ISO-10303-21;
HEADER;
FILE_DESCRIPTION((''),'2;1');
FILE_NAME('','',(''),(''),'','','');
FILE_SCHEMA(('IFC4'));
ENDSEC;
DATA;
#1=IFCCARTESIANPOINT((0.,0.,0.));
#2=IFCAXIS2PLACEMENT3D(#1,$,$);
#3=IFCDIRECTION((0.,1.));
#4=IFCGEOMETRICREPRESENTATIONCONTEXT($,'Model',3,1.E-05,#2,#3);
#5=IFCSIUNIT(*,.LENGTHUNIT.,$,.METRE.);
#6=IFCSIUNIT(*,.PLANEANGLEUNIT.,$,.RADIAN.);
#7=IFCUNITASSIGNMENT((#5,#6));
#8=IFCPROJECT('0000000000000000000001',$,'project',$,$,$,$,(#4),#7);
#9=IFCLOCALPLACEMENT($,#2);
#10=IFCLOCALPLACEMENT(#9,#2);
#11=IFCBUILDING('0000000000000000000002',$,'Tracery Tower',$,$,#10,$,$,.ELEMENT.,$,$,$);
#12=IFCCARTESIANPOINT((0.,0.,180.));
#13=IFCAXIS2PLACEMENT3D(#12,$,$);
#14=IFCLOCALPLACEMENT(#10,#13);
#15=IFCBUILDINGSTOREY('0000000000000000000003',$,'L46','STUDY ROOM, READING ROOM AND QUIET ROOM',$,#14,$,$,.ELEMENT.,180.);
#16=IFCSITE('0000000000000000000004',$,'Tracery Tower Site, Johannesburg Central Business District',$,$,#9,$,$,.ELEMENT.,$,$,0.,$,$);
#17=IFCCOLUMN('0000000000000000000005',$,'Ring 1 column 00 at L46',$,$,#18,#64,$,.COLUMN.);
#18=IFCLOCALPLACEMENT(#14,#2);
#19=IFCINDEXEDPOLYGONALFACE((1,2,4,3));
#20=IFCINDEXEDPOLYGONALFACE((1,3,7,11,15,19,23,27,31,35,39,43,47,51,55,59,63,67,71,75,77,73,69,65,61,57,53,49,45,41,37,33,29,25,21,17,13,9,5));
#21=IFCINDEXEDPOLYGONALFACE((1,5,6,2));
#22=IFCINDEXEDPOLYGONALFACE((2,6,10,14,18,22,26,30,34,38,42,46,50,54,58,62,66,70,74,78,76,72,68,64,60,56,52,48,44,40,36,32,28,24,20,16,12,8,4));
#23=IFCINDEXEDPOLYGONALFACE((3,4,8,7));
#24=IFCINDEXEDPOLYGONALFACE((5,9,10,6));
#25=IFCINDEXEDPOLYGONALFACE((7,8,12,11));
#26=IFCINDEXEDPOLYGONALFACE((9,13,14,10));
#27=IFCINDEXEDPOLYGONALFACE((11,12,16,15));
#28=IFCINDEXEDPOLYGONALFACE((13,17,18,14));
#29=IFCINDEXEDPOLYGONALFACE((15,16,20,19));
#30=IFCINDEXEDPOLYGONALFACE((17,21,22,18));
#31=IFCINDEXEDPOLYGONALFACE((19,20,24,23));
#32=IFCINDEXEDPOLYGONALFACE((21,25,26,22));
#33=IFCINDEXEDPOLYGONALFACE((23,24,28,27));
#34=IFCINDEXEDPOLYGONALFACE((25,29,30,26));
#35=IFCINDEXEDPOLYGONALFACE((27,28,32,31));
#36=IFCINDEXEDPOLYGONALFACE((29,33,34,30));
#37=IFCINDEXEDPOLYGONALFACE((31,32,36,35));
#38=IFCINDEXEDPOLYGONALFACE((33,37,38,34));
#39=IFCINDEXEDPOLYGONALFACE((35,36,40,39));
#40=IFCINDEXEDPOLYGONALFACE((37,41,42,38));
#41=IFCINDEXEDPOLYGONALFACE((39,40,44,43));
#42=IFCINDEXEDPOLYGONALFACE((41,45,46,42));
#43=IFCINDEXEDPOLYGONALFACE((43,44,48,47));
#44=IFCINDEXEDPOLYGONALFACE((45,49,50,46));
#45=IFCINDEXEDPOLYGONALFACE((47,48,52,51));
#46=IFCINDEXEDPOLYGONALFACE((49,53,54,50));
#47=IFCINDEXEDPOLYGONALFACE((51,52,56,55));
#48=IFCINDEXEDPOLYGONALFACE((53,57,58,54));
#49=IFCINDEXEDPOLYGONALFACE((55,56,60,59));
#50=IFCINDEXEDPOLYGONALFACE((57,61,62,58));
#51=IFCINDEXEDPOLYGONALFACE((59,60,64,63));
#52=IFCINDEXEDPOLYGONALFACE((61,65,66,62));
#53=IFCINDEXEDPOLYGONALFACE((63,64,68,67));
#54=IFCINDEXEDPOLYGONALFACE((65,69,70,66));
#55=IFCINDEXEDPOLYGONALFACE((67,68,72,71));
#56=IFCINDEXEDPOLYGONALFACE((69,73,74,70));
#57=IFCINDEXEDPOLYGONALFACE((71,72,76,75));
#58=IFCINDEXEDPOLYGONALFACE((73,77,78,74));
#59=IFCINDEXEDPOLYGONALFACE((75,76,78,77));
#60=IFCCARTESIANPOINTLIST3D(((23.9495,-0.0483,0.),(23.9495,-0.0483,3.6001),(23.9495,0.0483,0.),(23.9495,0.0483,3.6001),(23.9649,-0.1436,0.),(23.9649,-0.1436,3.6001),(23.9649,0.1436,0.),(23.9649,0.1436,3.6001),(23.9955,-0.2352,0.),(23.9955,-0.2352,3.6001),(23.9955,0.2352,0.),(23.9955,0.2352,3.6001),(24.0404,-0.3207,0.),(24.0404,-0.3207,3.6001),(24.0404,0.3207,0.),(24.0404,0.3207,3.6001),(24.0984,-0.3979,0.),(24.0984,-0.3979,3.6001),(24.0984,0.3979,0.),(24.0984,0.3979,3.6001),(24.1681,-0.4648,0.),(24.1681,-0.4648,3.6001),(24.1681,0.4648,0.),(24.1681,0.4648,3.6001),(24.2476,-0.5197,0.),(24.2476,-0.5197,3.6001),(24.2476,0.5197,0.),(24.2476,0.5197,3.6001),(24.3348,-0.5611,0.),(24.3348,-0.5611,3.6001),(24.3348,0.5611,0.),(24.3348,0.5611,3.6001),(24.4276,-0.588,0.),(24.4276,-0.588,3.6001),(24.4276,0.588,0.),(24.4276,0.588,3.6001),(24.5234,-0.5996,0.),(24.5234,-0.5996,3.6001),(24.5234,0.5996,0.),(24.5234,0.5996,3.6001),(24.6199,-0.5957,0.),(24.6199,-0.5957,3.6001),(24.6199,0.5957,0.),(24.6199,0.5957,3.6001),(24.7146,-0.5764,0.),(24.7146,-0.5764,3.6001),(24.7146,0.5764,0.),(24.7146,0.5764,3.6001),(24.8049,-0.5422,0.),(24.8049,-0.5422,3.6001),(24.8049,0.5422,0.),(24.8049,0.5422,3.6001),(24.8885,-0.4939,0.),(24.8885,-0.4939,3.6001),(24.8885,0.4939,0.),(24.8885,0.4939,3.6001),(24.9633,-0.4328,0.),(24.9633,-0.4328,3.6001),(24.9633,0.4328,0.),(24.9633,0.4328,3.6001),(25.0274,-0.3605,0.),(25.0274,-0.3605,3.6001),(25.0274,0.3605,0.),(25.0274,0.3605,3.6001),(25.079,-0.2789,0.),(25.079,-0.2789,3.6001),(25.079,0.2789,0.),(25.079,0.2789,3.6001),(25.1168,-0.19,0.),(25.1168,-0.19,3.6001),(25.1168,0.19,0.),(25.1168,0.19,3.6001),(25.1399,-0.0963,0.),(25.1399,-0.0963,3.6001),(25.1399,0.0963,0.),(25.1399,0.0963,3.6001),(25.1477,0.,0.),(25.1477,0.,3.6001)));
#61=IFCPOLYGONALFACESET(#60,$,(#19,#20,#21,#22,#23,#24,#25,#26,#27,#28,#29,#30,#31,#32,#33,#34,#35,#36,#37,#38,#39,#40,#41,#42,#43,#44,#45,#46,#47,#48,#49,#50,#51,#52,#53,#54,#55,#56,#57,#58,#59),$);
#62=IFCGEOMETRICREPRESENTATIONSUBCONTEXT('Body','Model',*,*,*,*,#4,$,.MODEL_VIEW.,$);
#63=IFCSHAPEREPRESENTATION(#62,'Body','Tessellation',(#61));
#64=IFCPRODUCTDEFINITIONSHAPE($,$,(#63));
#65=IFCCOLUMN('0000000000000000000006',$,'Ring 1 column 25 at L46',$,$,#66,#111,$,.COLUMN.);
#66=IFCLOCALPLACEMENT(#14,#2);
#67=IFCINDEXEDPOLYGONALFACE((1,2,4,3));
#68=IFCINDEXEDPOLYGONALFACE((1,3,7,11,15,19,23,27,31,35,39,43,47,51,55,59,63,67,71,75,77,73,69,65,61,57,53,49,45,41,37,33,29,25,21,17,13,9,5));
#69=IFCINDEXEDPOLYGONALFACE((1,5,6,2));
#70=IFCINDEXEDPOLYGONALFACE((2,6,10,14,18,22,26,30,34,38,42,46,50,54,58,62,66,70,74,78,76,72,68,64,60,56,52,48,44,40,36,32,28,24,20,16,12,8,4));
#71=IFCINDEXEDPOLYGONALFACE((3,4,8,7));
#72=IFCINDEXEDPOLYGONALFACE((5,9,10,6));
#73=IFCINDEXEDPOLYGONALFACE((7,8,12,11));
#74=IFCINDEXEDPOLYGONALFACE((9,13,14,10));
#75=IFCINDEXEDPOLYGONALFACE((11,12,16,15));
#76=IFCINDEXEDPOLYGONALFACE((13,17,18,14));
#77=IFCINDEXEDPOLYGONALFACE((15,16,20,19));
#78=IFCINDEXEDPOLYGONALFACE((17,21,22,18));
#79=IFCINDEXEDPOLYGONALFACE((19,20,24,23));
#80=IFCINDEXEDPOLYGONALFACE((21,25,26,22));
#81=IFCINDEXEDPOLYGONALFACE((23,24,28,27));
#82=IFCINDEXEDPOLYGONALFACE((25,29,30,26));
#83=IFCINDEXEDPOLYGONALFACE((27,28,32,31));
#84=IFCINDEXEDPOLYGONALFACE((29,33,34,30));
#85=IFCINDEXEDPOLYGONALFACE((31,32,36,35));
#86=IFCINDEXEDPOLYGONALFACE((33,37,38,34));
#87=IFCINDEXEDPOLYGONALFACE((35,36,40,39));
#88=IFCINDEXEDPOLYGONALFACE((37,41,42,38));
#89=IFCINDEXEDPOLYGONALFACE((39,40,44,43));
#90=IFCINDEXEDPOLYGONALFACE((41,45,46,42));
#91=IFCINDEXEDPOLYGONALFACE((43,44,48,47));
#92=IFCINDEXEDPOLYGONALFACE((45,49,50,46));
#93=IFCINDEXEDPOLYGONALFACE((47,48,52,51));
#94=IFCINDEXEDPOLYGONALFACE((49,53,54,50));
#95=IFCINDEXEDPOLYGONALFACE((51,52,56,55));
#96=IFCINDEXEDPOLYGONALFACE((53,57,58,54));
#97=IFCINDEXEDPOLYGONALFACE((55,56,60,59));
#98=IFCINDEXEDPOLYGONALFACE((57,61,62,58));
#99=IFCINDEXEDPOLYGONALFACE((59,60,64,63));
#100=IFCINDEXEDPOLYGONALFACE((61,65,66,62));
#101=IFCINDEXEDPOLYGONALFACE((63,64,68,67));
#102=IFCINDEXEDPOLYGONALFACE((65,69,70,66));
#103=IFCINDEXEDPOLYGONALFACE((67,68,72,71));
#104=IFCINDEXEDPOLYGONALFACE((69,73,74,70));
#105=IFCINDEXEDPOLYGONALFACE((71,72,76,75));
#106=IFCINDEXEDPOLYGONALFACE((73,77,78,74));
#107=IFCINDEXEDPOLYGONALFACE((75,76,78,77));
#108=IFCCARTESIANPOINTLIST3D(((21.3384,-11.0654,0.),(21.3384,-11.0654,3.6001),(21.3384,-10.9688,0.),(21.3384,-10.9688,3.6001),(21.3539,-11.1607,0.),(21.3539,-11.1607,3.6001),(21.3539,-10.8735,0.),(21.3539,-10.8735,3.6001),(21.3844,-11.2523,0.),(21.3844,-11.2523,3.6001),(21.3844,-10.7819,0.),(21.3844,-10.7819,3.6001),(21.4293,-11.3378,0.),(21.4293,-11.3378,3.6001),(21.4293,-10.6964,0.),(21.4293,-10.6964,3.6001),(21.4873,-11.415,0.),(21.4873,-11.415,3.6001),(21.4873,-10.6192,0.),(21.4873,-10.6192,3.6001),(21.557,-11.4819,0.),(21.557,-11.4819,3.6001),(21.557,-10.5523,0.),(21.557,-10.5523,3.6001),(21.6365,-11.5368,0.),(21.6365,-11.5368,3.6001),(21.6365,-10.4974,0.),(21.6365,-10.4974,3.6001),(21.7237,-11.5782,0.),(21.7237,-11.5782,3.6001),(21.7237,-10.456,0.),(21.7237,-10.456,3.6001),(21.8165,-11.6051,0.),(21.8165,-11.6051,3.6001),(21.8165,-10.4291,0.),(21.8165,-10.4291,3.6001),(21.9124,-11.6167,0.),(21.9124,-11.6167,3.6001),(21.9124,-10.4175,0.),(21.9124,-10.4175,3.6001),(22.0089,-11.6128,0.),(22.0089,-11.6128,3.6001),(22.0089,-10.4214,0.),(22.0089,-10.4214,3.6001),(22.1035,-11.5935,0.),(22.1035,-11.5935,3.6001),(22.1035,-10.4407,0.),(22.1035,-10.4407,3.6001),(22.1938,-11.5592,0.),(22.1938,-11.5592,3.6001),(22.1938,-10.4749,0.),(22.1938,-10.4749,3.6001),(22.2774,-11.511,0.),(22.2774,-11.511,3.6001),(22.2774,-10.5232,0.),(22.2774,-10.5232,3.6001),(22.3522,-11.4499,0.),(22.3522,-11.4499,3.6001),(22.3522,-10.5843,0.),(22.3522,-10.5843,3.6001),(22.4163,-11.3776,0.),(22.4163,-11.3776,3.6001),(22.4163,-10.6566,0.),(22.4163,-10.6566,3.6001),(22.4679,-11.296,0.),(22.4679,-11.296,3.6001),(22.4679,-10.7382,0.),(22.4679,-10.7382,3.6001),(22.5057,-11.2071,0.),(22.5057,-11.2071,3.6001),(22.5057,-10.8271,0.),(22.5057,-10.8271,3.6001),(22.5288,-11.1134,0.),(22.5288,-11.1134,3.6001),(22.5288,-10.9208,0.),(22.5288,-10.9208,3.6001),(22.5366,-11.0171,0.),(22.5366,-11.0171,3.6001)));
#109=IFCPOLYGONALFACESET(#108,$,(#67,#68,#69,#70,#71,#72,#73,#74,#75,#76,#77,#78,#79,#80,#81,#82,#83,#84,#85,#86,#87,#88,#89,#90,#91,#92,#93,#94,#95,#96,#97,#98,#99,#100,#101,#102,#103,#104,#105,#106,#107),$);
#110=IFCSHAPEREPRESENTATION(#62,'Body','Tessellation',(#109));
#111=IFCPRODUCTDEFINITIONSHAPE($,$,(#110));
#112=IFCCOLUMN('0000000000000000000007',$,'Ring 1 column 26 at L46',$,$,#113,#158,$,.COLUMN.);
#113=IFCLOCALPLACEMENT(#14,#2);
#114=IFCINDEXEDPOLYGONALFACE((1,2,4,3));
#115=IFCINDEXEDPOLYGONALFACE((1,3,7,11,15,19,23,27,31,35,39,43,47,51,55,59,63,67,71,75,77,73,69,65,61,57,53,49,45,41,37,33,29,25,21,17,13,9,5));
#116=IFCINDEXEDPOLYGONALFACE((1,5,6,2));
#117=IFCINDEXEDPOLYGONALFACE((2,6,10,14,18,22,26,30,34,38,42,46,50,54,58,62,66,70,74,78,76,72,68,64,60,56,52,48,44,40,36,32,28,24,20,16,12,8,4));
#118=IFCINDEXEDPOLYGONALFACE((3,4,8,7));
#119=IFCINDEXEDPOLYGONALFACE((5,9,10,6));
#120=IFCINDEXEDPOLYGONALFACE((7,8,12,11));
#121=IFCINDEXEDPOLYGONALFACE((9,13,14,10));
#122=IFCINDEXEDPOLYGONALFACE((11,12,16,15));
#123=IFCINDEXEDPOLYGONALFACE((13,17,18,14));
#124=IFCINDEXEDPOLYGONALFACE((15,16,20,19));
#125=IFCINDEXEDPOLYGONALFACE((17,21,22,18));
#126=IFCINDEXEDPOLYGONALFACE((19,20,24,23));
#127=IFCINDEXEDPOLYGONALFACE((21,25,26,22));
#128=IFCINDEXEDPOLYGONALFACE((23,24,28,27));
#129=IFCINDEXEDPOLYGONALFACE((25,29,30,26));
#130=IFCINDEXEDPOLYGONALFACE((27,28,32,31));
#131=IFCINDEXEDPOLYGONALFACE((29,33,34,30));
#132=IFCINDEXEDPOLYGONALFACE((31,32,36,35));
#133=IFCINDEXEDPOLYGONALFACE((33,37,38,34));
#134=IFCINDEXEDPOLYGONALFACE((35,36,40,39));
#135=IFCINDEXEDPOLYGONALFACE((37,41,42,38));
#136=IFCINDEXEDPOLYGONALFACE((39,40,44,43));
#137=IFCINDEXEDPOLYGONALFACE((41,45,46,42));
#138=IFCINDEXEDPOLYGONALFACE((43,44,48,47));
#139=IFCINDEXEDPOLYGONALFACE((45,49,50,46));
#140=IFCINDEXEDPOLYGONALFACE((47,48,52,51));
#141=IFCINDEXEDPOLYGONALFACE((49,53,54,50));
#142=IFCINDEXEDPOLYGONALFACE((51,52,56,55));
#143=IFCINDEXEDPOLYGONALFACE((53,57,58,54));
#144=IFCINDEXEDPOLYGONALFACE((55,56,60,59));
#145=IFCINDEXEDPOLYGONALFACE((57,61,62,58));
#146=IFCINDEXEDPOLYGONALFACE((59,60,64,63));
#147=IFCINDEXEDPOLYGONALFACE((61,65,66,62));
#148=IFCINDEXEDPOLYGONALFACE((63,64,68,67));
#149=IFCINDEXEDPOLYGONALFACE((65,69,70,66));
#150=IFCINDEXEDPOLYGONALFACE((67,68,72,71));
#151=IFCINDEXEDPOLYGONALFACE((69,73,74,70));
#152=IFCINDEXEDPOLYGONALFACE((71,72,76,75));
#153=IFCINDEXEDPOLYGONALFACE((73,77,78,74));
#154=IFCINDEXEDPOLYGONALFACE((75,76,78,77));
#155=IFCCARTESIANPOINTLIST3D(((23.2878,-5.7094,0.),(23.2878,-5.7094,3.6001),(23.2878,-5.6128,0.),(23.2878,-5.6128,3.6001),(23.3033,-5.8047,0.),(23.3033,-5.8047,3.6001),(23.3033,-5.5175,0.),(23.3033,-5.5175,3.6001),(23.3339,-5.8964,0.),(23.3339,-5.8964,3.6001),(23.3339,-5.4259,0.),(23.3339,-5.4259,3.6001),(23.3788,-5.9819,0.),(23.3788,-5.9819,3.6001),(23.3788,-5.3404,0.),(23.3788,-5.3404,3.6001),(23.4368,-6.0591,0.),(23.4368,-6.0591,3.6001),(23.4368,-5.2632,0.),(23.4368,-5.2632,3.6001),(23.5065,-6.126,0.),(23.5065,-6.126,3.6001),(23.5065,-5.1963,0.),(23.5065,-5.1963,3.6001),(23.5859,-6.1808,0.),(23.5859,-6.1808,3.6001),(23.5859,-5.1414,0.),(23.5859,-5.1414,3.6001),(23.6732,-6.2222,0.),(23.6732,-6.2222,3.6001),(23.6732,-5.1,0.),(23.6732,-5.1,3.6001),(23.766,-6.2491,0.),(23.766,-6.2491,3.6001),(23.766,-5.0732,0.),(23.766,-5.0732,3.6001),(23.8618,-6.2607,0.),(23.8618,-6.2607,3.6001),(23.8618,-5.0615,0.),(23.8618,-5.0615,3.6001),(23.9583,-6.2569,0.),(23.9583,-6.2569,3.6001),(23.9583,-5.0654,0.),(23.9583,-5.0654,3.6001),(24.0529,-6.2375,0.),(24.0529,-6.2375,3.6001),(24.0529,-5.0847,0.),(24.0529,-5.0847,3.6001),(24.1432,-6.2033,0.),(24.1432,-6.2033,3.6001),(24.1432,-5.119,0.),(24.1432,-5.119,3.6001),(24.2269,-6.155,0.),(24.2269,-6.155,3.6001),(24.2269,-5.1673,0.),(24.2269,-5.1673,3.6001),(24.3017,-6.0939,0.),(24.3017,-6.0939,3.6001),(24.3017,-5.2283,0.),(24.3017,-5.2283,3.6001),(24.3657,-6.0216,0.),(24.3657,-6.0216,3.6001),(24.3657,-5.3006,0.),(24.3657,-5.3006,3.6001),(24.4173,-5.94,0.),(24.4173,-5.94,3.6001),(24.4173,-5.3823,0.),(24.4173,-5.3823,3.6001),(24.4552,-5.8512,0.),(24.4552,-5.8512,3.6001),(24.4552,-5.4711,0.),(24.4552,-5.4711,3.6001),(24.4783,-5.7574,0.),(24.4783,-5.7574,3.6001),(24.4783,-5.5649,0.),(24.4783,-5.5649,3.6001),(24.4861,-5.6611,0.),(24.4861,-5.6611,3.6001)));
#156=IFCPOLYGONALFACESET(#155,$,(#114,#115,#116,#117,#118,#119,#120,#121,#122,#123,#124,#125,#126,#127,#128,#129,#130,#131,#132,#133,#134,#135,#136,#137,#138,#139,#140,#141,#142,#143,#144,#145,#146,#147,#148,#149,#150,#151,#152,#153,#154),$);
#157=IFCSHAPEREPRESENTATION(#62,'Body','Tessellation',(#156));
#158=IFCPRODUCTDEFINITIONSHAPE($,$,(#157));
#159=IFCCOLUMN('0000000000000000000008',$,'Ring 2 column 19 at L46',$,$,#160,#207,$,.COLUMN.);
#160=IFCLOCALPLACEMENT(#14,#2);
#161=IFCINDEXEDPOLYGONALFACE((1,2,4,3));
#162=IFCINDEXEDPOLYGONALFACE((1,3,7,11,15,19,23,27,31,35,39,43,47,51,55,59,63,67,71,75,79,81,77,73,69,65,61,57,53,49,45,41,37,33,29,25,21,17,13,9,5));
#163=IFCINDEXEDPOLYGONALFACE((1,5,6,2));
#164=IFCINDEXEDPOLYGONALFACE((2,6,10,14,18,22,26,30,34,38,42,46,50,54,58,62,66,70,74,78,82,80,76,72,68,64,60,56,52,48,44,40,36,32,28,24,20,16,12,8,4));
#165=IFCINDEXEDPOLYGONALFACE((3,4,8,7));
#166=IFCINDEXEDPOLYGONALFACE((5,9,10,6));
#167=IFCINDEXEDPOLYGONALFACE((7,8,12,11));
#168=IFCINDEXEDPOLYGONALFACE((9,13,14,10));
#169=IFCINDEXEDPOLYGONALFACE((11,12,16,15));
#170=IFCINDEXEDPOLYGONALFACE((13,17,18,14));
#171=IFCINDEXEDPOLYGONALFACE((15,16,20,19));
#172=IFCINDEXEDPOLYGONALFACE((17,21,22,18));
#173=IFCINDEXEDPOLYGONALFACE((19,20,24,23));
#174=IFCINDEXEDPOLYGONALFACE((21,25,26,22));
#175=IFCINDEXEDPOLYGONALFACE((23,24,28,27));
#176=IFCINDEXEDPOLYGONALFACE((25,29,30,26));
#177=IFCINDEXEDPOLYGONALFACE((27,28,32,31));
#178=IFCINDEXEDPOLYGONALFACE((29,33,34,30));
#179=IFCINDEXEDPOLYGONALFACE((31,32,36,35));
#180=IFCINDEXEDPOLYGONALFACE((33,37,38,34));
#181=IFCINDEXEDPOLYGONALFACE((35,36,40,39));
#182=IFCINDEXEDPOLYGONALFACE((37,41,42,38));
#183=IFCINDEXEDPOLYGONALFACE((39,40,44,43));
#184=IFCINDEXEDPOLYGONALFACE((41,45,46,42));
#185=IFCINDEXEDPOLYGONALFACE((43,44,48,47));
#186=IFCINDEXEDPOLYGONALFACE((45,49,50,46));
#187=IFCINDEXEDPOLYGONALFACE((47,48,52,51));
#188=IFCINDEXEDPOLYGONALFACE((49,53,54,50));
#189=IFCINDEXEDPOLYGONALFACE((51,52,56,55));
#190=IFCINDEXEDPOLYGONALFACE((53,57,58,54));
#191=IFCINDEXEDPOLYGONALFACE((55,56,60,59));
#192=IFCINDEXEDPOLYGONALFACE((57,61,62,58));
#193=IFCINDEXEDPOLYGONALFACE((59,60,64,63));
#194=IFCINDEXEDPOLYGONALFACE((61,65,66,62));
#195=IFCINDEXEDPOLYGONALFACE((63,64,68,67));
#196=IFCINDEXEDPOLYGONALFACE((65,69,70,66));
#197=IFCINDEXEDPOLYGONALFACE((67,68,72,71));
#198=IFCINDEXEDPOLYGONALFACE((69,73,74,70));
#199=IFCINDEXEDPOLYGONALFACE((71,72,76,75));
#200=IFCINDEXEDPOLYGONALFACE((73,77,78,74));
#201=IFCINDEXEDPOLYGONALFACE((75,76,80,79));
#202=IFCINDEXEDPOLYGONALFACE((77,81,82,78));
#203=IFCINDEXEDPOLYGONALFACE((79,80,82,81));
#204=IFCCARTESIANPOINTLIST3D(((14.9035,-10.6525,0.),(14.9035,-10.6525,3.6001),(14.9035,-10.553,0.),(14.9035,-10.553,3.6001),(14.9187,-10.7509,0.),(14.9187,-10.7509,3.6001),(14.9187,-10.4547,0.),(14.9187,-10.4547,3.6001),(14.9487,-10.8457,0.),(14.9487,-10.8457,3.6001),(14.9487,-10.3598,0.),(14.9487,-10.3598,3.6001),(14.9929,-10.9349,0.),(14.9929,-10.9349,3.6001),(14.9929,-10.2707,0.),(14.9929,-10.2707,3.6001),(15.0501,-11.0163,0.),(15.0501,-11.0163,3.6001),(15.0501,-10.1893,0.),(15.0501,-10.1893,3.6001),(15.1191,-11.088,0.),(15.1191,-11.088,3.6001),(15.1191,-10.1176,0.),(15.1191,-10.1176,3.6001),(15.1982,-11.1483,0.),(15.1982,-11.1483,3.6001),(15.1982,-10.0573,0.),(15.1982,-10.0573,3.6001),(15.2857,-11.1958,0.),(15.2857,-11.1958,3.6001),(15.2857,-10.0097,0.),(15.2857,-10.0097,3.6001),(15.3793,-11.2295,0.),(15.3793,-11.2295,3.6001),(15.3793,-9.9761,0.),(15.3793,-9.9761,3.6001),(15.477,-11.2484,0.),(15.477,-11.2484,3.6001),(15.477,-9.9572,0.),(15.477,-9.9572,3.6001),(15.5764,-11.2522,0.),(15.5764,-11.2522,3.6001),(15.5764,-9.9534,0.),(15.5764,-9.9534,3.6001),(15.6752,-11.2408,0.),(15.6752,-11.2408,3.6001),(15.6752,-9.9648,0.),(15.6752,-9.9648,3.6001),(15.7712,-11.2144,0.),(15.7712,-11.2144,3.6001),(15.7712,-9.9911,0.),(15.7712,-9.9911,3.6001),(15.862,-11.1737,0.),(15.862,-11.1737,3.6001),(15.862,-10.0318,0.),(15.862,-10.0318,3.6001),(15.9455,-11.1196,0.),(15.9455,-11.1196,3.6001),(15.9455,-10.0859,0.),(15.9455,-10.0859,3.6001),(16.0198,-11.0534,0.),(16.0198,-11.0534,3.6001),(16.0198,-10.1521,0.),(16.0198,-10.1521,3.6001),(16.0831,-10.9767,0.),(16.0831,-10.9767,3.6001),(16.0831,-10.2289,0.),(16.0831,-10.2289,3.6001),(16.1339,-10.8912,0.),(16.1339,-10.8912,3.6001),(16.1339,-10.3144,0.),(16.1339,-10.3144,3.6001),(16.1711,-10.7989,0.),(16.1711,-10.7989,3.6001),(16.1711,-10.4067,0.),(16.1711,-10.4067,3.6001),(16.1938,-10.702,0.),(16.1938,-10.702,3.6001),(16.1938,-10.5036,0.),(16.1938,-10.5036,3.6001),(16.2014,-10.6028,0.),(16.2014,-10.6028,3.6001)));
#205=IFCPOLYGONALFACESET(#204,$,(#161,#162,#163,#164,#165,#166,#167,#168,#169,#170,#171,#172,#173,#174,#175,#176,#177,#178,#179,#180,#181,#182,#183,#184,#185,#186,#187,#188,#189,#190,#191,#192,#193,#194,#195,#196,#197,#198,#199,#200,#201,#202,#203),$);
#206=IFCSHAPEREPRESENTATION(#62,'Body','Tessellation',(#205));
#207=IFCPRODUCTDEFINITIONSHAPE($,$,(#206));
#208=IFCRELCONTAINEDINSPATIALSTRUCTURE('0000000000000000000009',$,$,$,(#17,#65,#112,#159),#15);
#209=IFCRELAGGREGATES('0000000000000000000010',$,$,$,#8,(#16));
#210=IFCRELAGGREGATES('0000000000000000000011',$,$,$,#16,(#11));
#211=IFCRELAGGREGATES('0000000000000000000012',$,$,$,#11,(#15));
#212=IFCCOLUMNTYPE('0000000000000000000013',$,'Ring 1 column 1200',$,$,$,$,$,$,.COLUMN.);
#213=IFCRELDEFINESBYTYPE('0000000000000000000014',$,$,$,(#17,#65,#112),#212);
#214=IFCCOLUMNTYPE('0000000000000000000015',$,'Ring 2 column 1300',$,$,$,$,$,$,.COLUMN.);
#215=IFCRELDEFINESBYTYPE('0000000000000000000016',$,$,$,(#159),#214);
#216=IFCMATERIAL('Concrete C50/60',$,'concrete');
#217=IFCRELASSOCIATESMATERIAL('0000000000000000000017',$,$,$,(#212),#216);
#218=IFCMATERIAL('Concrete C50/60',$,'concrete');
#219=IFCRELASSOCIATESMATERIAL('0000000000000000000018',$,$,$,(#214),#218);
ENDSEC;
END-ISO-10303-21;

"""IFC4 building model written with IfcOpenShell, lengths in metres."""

from ifc_helpers import new_model, si_unit, direction, frame, origin, origin_2d, place, context, subcontext, project, spatial, circle, extrude, material, material_profile, profile_set, type_object, element, save


model = new_model("IFC4")

# Units and contexts
model_context = context("Model", 3, precision=1e-05, world=origin(), true_north=direction((0.0, 1.0)))
body_context = subcontext(model_context, "Body", "Model", "MODEL_VIEW")
ifc_project = project(units=[si_unit("LENGTHUNIT", "METRE"), si_unit("PLANEANGLEUNIT", "RADIAN")], contexts=[model_context])

# Site, building, storey
site_placement = place(None, origin())
site = spatial("IfcSite", under=ifc_project, at=site_placement, Name="Tracery Tower Site, Johannesburg Central Business District", CompositionType="ELEMENT", RefElevation=0.0)
building_placement = place(site_placement, origin())
building = spatial("IfcBuilding", under=site, at=building_placement, Name="Tracery Tower", CompositionType="ELEMENT")
storey_placement = place(building_placement, frame((0.0, 0.0, 180.0)))
storey = spatial("IfcBuildingStorey", under=building, at=storey_placement, Name="L46", Description="STUDY ROOM, READING ROOM AND QUIET ROOM", CompositionType="ELEMENT", Elevation=180.0)

# Columns
ifc_material_1 = material(Name="Concrete C50/60", Category="concrete")
ifc_material_profile_1 = material_profile(ifc_material_1, circle(Radius=0.6001, at=origin_2d()), Name="RC D1200")
ifc_profile_set_1 = profile_set([ifc_material_profile_1], Name="Concrete C50/60")
column_type_1 = type_object("IfcColumnType", Name="Ring 1 column 1200", PredefinedType="COLUMN", material=ifc_profile_set_1)
for number, where, z_axis, x_axis, name in (
    (1, (24.5476, 0.0, 0.0), (0.0, 0.0, 1.0), (1.0, 0.0, 0.0), "Ring 1 column 00 at L46"),
    (2, (21.9365, -11.0171, 0.0), (0.0, 0.0, 1.0), (1.0, 0.0, 0.0), "Ring 1 column 25 at L46"),
    (3, (23.886, -5.6611, 0.0), (0.0, 0.0, 1.0), (1.0, 0.0, 0.0), "Ring 1 column 26 at L46"),
):
    element("IfcColumn", number, at=place(storey_placement, frame(where, z_axis=z_axis, x_axis=x_axis)), inside=storey, type_object=column_type_1, Name=name, PredefinedType="COLUMN", context=body_context, shape_type="SweptSolid", body=[
        extrude(circle(Radius=0.6001, at=origin_2d()), origin(), (0.0, 0.0, 1.0), 3.6001),
    ])
ifc_material_2 = material(Name="Concrete C50/60", Category="concrete")
ifc_material_profile_2 = material_profile(ifc_material_2, circle(Radius=0.6499, at=origin_2d()), Name="RC D1300")
ifc_profile_set_2 = profile_set([ifc_material_profile_2], Name="Concrete C50/60")
column_type_2 = type_object("IfcColumnType", Name="Ring 2 column 1300", PredefinedType="COLUMN", material=ifc_profile_set_2)
for number, where, z_axis, x_axis, name in (
    (4, (15.5515, -10.6028, 0.0), (0.0, 0.0, 1.0), (1.0, 0.0, 0.0), "Ring 2 column 19 at L46"),
):
    element("IfcColumn", number, at=place(storey_placement, frame(where, z_axis=z_axis, x_axis=x_axis)), inside=storey, type_object=column_type_2, Name=name, PredefinedType="COLUMN", context=body_context, shape_type="SweptSolid", body=[
        extrude(circle(Radius=0.6499, at=origin_2d()), origin(), (0.0, 0.0, 1.0), 3.6001),
    ])

save(model, "model.ifc")
